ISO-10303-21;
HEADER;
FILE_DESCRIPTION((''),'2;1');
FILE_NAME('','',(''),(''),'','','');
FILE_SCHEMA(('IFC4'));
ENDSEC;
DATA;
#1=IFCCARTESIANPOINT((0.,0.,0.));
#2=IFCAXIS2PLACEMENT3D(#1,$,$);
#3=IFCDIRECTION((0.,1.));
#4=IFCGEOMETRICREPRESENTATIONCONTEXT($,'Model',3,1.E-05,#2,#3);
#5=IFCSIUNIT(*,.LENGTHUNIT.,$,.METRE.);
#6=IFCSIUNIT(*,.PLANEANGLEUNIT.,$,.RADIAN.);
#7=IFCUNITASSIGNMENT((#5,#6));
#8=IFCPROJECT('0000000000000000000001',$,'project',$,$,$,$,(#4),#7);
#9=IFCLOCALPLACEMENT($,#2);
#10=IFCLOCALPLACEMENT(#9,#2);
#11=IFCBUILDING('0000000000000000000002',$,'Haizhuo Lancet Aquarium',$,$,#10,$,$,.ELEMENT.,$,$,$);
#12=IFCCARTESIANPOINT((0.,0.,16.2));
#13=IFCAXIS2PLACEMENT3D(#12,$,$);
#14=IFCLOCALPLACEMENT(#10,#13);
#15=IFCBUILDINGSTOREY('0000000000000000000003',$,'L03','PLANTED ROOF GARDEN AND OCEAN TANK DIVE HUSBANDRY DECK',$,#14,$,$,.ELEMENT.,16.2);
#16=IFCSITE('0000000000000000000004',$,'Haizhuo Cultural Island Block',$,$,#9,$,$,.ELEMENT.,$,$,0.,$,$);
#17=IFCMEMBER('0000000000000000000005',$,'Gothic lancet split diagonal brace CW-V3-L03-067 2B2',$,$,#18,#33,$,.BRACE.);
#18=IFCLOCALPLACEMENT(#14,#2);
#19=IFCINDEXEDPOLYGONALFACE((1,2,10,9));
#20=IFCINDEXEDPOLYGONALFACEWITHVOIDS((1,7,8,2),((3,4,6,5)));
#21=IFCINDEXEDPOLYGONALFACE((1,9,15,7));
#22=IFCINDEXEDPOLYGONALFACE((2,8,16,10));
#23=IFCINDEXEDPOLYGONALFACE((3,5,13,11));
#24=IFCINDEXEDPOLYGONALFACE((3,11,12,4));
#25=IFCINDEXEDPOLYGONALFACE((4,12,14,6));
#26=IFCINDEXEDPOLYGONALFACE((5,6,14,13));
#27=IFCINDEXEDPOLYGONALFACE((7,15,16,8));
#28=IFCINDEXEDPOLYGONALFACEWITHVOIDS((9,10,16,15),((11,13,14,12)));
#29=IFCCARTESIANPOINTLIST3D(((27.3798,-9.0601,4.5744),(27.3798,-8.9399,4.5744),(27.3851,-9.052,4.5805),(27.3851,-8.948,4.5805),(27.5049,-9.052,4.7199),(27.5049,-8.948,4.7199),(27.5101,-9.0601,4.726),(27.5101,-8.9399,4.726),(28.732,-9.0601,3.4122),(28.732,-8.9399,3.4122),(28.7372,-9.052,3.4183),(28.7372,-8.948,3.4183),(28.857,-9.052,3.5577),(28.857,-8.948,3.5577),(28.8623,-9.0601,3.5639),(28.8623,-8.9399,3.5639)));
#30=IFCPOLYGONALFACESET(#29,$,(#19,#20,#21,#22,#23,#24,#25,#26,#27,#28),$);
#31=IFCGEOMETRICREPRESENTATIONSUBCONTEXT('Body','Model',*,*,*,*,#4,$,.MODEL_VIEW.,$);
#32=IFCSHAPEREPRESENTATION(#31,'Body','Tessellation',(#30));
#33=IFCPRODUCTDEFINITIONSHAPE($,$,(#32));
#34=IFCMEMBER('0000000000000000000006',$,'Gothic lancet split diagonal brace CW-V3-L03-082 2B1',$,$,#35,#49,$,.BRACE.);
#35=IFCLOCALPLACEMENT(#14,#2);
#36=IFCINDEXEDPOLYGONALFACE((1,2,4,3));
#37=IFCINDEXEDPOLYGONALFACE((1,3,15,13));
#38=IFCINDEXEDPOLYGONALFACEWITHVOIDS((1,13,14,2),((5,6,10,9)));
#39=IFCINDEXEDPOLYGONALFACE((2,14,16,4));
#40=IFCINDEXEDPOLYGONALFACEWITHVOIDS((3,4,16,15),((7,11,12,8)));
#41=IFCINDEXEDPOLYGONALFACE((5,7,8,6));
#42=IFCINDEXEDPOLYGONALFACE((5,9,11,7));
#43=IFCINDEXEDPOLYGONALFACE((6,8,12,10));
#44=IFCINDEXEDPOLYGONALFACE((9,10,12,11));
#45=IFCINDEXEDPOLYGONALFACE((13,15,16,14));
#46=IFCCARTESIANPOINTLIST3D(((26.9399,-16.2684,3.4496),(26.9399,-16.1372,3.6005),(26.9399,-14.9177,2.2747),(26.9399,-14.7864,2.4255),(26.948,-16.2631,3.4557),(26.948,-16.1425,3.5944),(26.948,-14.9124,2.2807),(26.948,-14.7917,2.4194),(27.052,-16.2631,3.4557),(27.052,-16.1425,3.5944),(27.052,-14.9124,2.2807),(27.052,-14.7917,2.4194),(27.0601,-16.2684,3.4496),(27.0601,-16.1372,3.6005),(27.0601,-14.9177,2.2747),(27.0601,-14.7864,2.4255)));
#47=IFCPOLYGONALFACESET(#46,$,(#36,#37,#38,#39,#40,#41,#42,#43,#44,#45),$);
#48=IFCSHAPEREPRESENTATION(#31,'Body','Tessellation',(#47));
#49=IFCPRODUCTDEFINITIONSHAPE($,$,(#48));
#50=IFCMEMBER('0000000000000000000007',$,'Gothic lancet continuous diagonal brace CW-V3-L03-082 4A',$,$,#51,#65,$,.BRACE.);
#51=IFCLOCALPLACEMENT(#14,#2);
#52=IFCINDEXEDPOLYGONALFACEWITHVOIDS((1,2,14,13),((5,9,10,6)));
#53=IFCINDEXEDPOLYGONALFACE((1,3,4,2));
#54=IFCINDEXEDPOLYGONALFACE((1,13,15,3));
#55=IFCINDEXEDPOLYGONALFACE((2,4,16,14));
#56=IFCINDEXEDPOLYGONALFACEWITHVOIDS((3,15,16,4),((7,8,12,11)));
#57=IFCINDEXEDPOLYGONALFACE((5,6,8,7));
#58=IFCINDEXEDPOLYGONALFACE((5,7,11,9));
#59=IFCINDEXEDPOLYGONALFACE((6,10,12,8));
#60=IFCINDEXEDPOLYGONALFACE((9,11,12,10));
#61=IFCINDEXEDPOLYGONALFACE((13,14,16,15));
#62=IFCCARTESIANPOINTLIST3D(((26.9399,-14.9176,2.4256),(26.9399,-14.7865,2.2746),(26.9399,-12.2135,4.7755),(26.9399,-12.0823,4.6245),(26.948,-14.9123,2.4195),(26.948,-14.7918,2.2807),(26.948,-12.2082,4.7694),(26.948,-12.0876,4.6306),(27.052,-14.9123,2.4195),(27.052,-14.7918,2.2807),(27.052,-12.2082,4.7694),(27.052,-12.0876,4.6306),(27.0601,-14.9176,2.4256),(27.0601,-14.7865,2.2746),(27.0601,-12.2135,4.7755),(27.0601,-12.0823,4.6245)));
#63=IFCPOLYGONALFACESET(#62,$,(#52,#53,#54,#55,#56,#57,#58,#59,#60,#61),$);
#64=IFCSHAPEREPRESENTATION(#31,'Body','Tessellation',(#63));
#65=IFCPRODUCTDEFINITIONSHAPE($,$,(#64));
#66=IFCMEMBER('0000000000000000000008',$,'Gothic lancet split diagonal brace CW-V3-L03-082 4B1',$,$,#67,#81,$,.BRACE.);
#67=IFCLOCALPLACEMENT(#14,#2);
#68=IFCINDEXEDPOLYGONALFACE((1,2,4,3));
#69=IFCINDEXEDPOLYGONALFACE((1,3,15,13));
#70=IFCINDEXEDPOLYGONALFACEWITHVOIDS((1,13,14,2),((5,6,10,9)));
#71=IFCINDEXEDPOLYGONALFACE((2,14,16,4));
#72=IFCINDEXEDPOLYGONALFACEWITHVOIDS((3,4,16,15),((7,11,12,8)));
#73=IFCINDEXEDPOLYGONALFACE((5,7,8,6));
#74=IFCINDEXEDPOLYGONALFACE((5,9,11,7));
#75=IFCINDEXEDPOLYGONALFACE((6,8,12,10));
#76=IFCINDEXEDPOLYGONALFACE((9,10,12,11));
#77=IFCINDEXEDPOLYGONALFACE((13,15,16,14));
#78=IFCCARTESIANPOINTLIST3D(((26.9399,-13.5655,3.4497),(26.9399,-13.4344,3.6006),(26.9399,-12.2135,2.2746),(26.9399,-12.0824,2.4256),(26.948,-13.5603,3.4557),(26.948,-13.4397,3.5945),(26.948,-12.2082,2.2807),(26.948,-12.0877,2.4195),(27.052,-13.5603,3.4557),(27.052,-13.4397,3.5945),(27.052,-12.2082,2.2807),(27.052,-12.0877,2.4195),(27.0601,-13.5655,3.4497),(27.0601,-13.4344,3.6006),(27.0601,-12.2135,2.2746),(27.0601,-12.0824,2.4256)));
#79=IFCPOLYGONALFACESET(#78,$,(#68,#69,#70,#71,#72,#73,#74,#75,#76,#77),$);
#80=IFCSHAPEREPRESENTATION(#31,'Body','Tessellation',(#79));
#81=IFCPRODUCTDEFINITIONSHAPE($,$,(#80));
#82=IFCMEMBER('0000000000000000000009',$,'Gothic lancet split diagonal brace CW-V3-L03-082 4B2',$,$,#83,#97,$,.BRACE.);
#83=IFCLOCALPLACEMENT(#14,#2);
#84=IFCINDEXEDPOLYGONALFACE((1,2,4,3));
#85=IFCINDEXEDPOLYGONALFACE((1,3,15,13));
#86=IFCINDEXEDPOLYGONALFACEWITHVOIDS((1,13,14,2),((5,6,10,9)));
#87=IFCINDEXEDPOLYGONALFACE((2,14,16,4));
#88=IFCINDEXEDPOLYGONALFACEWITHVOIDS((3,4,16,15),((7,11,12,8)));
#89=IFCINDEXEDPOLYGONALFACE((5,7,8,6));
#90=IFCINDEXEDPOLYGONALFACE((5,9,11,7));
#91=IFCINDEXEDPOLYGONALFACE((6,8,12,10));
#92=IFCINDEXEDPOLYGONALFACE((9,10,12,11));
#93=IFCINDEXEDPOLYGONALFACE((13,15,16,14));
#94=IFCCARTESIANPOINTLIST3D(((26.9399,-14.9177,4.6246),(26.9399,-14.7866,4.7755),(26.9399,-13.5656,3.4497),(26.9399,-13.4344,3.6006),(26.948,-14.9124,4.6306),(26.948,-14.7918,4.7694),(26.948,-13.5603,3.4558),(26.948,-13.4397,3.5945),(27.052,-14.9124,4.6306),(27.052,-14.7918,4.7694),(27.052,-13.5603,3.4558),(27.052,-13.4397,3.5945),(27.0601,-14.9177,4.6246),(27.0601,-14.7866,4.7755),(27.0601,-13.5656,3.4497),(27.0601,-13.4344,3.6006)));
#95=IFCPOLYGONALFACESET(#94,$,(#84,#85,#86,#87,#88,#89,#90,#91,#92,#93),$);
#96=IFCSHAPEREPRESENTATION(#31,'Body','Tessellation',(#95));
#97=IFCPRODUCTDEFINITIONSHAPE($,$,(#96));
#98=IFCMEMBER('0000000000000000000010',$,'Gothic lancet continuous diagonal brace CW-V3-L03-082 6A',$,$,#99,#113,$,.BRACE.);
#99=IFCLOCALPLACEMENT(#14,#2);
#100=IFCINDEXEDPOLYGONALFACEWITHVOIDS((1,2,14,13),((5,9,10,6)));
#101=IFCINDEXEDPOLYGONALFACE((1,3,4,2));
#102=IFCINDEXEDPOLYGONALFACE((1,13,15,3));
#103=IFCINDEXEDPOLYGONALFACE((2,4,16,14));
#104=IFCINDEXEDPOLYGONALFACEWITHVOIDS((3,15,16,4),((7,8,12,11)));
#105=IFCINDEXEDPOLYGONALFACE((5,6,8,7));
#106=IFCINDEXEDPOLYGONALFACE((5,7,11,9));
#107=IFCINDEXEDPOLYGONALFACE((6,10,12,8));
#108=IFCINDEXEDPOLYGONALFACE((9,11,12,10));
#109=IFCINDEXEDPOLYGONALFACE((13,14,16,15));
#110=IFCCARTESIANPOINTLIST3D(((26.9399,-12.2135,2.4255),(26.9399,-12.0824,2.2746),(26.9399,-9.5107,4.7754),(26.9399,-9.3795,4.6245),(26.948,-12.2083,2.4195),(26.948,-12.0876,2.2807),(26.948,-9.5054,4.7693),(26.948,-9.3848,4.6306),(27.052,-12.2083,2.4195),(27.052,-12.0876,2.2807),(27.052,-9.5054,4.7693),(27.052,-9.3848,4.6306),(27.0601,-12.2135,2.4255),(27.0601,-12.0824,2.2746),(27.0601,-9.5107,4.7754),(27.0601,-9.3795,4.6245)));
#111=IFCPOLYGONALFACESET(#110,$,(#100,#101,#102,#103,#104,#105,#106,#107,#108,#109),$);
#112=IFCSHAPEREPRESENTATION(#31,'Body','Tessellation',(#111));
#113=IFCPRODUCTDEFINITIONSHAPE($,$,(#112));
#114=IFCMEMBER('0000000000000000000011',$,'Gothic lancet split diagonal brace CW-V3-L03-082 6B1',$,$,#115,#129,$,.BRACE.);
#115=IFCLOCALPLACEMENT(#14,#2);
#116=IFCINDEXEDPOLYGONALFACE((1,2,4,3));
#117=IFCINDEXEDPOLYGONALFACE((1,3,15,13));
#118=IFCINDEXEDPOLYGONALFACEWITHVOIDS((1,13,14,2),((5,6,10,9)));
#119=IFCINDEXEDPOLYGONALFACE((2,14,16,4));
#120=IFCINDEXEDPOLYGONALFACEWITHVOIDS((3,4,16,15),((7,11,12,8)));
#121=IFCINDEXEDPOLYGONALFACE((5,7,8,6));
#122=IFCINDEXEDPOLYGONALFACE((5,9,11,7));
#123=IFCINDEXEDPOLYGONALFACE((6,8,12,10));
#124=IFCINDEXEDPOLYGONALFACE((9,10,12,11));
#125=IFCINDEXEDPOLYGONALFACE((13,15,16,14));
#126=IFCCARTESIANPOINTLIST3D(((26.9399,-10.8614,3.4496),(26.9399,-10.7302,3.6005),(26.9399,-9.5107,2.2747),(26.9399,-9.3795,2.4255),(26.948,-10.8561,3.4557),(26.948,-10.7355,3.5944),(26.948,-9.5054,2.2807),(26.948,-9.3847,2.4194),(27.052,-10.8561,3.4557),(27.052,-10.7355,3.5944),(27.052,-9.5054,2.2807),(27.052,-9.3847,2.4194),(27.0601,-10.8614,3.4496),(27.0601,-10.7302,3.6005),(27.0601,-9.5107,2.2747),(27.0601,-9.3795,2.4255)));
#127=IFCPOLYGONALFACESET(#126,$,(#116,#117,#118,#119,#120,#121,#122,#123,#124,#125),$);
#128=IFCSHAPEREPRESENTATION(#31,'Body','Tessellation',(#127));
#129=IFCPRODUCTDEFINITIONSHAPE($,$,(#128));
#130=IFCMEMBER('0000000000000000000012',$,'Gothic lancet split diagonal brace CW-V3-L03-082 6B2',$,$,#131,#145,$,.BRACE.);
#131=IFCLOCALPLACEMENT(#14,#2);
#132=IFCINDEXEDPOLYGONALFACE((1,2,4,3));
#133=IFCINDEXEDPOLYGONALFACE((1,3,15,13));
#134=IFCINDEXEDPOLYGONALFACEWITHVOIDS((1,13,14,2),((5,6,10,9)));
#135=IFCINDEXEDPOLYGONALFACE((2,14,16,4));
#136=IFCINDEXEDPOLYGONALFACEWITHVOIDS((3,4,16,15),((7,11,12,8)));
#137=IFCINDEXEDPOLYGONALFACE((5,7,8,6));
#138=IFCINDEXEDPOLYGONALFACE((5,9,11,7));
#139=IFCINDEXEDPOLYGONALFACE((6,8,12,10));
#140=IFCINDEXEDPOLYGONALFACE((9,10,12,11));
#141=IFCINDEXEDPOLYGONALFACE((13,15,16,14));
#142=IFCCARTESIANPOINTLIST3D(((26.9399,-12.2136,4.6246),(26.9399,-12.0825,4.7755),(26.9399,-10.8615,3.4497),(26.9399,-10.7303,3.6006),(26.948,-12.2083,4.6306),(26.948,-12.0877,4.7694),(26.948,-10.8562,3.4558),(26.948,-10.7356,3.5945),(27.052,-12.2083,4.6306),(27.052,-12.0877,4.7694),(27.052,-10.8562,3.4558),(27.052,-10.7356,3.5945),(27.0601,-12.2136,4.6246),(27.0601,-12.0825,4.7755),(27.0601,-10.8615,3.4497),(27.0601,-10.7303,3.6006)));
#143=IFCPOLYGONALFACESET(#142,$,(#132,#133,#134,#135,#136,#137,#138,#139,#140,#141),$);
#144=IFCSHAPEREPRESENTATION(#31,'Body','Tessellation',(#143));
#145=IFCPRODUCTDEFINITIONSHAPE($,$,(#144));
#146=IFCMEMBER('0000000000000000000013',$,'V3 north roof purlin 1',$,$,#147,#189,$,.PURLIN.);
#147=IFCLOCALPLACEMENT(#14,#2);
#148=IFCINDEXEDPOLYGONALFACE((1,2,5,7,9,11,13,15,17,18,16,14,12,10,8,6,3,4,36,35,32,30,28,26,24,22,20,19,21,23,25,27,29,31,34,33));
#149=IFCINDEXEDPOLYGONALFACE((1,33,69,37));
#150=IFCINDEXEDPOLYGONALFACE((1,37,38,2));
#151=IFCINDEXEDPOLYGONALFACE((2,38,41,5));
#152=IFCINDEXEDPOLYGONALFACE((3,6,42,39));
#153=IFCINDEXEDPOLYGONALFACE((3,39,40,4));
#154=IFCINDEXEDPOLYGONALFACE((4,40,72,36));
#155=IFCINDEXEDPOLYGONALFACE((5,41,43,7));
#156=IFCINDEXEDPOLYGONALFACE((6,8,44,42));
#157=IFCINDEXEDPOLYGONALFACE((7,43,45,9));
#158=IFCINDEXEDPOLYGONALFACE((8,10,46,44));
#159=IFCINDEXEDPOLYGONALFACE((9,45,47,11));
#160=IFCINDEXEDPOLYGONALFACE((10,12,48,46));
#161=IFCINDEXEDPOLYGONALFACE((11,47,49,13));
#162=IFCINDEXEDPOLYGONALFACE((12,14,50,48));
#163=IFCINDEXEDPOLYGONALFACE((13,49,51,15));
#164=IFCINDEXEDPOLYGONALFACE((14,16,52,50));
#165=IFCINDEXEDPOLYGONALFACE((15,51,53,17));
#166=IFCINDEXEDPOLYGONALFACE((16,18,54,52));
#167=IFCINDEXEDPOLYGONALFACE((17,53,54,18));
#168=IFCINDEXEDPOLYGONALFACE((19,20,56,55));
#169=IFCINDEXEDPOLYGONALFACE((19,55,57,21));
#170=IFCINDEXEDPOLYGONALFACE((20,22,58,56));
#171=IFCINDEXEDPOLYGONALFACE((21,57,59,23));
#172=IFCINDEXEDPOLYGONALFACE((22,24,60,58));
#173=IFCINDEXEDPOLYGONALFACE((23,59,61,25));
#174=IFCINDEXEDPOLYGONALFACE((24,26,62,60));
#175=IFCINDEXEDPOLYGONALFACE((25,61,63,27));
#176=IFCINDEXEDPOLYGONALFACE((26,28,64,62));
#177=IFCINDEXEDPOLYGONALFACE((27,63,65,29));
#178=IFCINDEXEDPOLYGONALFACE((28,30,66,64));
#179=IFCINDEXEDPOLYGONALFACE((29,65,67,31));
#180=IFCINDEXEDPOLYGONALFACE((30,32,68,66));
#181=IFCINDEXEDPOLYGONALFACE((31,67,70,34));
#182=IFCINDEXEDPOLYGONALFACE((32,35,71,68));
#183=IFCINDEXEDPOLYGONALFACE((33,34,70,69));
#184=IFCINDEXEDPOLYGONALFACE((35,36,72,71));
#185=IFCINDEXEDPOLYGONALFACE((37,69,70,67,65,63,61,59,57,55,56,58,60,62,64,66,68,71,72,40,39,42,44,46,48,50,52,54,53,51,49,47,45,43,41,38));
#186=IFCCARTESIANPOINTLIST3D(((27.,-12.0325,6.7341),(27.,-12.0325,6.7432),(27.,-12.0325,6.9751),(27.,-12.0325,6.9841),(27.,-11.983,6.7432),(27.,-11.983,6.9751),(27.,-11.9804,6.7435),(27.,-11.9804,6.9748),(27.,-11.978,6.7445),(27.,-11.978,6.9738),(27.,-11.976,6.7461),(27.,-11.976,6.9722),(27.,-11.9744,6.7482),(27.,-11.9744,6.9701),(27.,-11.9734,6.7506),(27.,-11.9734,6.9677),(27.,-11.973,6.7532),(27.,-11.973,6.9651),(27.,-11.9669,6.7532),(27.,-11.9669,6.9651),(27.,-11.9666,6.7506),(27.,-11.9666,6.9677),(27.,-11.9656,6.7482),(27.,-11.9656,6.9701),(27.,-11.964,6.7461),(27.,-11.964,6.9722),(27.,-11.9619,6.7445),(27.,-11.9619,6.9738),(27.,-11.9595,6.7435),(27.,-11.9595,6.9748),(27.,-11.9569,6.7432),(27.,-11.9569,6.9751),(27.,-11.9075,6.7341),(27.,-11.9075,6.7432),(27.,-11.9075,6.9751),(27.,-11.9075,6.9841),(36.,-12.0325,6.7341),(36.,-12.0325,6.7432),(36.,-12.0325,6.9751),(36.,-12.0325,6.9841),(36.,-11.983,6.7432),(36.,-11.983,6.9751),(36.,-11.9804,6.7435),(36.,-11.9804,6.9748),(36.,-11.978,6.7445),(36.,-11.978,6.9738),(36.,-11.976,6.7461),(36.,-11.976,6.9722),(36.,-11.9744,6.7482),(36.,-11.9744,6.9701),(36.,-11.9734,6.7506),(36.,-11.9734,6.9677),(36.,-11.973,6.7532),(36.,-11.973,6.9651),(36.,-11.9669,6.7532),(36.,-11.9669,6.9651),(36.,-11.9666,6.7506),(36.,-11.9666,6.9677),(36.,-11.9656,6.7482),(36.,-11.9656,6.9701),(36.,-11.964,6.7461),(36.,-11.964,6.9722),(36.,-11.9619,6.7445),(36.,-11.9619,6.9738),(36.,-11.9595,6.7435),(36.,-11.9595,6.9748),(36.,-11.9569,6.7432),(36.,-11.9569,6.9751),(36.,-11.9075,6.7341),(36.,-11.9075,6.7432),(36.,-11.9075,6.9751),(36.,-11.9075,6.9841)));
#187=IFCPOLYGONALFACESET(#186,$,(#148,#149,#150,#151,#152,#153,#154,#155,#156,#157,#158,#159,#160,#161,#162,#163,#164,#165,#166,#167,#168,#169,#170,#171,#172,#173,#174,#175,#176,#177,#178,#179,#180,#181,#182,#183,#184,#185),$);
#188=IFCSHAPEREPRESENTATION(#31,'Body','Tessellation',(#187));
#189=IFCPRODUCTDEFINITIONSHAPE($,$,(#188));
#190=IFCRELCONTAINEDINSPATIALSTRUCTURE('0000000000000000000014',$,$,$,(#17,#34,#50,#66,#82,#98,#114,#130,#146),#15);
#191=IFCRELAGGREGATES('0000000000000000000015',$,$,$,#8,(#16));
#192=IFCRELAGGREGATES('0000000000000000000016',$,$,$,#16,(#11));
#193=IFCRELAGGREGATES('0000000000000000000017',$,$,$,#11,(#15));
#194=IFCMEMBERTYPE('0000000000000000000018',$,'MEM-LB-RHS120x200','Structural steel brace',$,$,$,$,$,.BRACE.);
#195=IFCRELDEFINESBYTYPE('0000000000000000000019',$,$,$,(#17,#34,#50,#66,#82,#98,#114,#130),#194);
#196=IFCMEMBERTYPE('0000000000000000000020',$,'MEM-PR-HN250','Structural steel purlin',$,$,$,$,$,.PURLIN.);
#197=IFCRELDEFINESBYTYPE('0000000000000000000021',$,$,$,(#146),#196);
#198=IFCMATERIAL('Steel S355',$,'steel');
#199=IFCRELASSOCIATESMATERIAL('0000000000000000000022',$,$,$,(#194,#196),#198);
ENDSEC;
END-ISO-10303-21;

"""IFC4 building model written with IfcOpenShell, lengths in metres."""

from ifc_helpers import new_model, si_unit, direction, frame, origin, origin_2d, place, context, subcontext, project, spatial, hollow_rectangle, i_section, extrude, material, material_profile, profile_set, type_object, element, save


model = new_model("IFC4")

# Units and contexts
model_context = context("Model", 3, precision=1e-05, world=origin(), true_north=direction((0.0, 1.0)))
body_context = subcontext(model_context, "Body", "Model", "MODEL_VIEW")
ifc_project = project(units=[si_unit("LENGTHUNIT", "METRE"), si_unit("PLANEANGLEUNIT", "RADIAN")], contexts=[model_context])

# Site, building, storey
site_placement = place(None, origin())
site = spatial("IfcSite", under=ifc_project, at=site_placement, Name="Haizhuo Cultural Island Block", CompositionType="ELEMENT", RefElevation=0.0)
building_placement = place(site_placement, origin())
building = spatial("IfcBuilding", under=site, at=building_placement, Name="Haizhuo Lancet Aquarium", CompositionType="ELEMENT")
storey_placement = place(building_placement, frame((0.0, 0.0, 16.2)))
storey = spatial("IfcBuildingStorey", under=building, at=storey_placement, Name="L03", Description="PLANTED ROOF GARDEN AND OCEAN TANK DIVE HUSBANDRY DECK", CompositionType="ELEMENT", Elevation=16.2)

# Members
ifc_material_1 = material(Name="Steel S355", Category="steel")
ifc_material_profile_1 = material_profile(ifc_material_1, hollow_rectangle(XDim=0.1201, YDim=0.2, WallThickness=0.0081, at=origin_2d()), Name="RHS 120x200x8")
ifc_profile_set_1 = profile_set([ifc_material_profile_1], Name="Steel S355")
member_type_1 = type_object("IfcMemberType", Name="MEM-LB-RHS120x200", Description="Structural steel brace", PredefinedType="BRACE", material=ifc_profile_set_1)
member_1_placement = place(storey_placement, frame((28.7971, -9.0, 3.488), z_axis=(-0.758367, 0.0, 0.651828), x_axis=(0.0, -1.0, 0.0)))
element("IfcMember", 1, at=member_1_placement, inside=storey, type_object=member_type_1, Name="Gothic lancet split diagonal brace CW-V3-L03-067 2B2", PredefinedType="BRACE", context=body_context, shape_type="SweptSolid", body=[
    extrude(hollow_rectangle(XDim=0.1201, YDim=0.2, WallThickness=0.0081, at=origin_2d()), origin(), (0.0, 0.0, 1.0), 1.783),
])
member_2_placement = place(storey_placement, frame((27.0, -14.8521, 2.3501), z_axis=(0.0, -0.754491, 0.65631), x_axis=(1.0, 0.0, 0.0)))
element("IfcMember", 2, at=member_2_placement, inside=storey, type_object=member_type_1, Name="Gothic lancet split diagonal brace CW-V3-L03-082 2B1", PredefinedType="BRACE", context=body_context, shape_type="SweptSolid", body=[
    extrude(hollow_rectangle(XDim=0.1201, YDim=0.2, WallThickness=0.0081, at=origin_2d()), origin(), (0.0, 0.0, 1.0), 1.7903),
])
member_3_placement = place(storey_placement, frame((27.0, -14.8521, 2.3501), z_axis=(0.0, 0.754818, 0.655934), x_axis=(-1.0, 0.0, 0.0)))
element("IfcMember", 3, at=member_3_placement, inside=storey, type_object=member_type_1, Name="Gothic lancet continuous diagonal brace CW-V3-L03-082 4A", PredefinedType="BRACE", context=body_context, shape_type="SweptSolid", body=[
    extrude(hollow_rectangle(XDim=0.1201, YDim=0.2, WallThickness=0.0081, at=origin_2d()), origin(), (0.0, 0.0, 1.0), 3.5825),
])
for number, where, z_axis, x_axis, name in (
    (4, (27.0, -12.1479, 2.3501), (0.0, -0.754784, 0.655973), (1.0, 0.0, 0.0), "Gothic lancet split diagonal brace CW-V3-L03-082 4B1"),
    (5, (27.0, -13.5, 3.5251), (0.0, -0.754852, 0.655895), (1.0, 0.0, 0.0), "Gothic lancet split diagonal brace CW-V3-L03-082 4B2"),
):
    element("IfcMember", number, at=place(storey_placement, frame(where, z_axis=z_axis, x_axis=x_axis)), inside=storey, type_object=member_type_1, Name=name, PredefinedType="BRACE", context=body_context, shape_type="SweptSolid", body=[
        extrude(hollow_rectangle(XDim=0.1201, YDim=0.2, WallThickness=0.0081, at=origin_2d()), origin(), (0.0, 0.0, 1.0), 1.7913),
    ])
member_4_placement = place(storey_placement, frame((27.0, -12.1479, 2.3501), z_axis=(0.0, 0.754672, 0.656103), x_axis=(-1.0, 0.0, 0.0)))
element("IfcMember", 6, at=member_4_placement, inside=storey, type_object=member_type_1, Name="Gothic lancet continuous diagonal brace CW-V3-L03-082 6A", PredefinedType="BRACE", context=body_context, shape_type="SweptSolid", body=[
    extrude(hollow_rectangle(XDim=0.1201, YDim=0.2, WallThickness=0.0081, at=origin_2d()), origin(), (0.0, 0.0, 1.0), 3.5815),
])
member_5_placement = place(storey_placement, frame((27.0, -9.4451, 2.3501), z_axis=(0.0, -0.754491, 0.65631), x_axis=(1.0, 0.0, 0.0)))
element("IfcMember", 7, at=member_5_placement, inside=storey, type_object=member_type_1, Name="Gothic lancet split diagonal brace CW-V3-L03-082 6B1", PredefinedType="BRACE", context=body_context, shape_type="SweptSolid", body=[
    extrude(hollow_rectangle(XDim=0.1201, YDim=0.2, WallThickness=0.0081, at=origin_2d()), origin(), (0.0, 0.0, 1.0), 1.7903),
])
member_6_placement = place(storey_placement, frame((27.0, -10.7959, 3.5251), z_axis=(0.0, -0.754852, 0.655895), x_axis=(1.0, 0.0, 0.0)))
element("IfcMember", 8, at=member_6_placement, inside=storey, type_object=member_type_1, Name="Gothic lancet split diagonal brace CW-V3-L03-082 6B2", PredefinedType="BRACE", context=body_context, shape_type="SweptSolid", body=[
    extrude(hollow_rectangle(XDim=0.1201, YDim=0.2, WallThickness=0.0081, at=origin_2d()), origin(), (0.0, 0.0, 1.0), 1.7913),
])
ifc_material_profile_2 = material_profile(ifc_material_1, i_section(OverallWidth=0.125, OverallDepth=0.25, WebThickness=0.0061, FlangeThickness=0.009, FilletRadius=0.01, at=origin_2d()), Name="HN 250x125x6x9")
ifc_profile_set_2 = profile_set([ifc_material_profile_2], Name="Steel S355")
member_type_2 = type_object("IfcMemberType", Name="MEM-PR-HN250", Description="Structural steel purlin", PredefinedType="PURLIN", material=ifc_profile_set_2)
for number, where, z_axis, x_axis, name in (
    (9, (27.0, -11.97, 6.8591), (1.0, 0.0, 0.0), (0.0, 1.0, 0.0), "V3 north roof purlin 1"),
):
    element("IfcMember", number, at=place(storey_placement, frame(where, z_axis=z_axis, x_axis=x_axis)), inside=storey, type_object=member_type_2, Name=name, PredefinedType="PURLIN", context=body_context, shape_type="SweptSolid", body=[
        extrude(i_section(OverallWidth=0.125, OverallDepth=0.25, WebThickness=0.0061, FlangeThickness=0.009, FilletRadius=0.01, at=origin_2d()), origin(), (0.0, 0.0, 1.0), 9.0),
    ])

save(model, "model.ifc")
